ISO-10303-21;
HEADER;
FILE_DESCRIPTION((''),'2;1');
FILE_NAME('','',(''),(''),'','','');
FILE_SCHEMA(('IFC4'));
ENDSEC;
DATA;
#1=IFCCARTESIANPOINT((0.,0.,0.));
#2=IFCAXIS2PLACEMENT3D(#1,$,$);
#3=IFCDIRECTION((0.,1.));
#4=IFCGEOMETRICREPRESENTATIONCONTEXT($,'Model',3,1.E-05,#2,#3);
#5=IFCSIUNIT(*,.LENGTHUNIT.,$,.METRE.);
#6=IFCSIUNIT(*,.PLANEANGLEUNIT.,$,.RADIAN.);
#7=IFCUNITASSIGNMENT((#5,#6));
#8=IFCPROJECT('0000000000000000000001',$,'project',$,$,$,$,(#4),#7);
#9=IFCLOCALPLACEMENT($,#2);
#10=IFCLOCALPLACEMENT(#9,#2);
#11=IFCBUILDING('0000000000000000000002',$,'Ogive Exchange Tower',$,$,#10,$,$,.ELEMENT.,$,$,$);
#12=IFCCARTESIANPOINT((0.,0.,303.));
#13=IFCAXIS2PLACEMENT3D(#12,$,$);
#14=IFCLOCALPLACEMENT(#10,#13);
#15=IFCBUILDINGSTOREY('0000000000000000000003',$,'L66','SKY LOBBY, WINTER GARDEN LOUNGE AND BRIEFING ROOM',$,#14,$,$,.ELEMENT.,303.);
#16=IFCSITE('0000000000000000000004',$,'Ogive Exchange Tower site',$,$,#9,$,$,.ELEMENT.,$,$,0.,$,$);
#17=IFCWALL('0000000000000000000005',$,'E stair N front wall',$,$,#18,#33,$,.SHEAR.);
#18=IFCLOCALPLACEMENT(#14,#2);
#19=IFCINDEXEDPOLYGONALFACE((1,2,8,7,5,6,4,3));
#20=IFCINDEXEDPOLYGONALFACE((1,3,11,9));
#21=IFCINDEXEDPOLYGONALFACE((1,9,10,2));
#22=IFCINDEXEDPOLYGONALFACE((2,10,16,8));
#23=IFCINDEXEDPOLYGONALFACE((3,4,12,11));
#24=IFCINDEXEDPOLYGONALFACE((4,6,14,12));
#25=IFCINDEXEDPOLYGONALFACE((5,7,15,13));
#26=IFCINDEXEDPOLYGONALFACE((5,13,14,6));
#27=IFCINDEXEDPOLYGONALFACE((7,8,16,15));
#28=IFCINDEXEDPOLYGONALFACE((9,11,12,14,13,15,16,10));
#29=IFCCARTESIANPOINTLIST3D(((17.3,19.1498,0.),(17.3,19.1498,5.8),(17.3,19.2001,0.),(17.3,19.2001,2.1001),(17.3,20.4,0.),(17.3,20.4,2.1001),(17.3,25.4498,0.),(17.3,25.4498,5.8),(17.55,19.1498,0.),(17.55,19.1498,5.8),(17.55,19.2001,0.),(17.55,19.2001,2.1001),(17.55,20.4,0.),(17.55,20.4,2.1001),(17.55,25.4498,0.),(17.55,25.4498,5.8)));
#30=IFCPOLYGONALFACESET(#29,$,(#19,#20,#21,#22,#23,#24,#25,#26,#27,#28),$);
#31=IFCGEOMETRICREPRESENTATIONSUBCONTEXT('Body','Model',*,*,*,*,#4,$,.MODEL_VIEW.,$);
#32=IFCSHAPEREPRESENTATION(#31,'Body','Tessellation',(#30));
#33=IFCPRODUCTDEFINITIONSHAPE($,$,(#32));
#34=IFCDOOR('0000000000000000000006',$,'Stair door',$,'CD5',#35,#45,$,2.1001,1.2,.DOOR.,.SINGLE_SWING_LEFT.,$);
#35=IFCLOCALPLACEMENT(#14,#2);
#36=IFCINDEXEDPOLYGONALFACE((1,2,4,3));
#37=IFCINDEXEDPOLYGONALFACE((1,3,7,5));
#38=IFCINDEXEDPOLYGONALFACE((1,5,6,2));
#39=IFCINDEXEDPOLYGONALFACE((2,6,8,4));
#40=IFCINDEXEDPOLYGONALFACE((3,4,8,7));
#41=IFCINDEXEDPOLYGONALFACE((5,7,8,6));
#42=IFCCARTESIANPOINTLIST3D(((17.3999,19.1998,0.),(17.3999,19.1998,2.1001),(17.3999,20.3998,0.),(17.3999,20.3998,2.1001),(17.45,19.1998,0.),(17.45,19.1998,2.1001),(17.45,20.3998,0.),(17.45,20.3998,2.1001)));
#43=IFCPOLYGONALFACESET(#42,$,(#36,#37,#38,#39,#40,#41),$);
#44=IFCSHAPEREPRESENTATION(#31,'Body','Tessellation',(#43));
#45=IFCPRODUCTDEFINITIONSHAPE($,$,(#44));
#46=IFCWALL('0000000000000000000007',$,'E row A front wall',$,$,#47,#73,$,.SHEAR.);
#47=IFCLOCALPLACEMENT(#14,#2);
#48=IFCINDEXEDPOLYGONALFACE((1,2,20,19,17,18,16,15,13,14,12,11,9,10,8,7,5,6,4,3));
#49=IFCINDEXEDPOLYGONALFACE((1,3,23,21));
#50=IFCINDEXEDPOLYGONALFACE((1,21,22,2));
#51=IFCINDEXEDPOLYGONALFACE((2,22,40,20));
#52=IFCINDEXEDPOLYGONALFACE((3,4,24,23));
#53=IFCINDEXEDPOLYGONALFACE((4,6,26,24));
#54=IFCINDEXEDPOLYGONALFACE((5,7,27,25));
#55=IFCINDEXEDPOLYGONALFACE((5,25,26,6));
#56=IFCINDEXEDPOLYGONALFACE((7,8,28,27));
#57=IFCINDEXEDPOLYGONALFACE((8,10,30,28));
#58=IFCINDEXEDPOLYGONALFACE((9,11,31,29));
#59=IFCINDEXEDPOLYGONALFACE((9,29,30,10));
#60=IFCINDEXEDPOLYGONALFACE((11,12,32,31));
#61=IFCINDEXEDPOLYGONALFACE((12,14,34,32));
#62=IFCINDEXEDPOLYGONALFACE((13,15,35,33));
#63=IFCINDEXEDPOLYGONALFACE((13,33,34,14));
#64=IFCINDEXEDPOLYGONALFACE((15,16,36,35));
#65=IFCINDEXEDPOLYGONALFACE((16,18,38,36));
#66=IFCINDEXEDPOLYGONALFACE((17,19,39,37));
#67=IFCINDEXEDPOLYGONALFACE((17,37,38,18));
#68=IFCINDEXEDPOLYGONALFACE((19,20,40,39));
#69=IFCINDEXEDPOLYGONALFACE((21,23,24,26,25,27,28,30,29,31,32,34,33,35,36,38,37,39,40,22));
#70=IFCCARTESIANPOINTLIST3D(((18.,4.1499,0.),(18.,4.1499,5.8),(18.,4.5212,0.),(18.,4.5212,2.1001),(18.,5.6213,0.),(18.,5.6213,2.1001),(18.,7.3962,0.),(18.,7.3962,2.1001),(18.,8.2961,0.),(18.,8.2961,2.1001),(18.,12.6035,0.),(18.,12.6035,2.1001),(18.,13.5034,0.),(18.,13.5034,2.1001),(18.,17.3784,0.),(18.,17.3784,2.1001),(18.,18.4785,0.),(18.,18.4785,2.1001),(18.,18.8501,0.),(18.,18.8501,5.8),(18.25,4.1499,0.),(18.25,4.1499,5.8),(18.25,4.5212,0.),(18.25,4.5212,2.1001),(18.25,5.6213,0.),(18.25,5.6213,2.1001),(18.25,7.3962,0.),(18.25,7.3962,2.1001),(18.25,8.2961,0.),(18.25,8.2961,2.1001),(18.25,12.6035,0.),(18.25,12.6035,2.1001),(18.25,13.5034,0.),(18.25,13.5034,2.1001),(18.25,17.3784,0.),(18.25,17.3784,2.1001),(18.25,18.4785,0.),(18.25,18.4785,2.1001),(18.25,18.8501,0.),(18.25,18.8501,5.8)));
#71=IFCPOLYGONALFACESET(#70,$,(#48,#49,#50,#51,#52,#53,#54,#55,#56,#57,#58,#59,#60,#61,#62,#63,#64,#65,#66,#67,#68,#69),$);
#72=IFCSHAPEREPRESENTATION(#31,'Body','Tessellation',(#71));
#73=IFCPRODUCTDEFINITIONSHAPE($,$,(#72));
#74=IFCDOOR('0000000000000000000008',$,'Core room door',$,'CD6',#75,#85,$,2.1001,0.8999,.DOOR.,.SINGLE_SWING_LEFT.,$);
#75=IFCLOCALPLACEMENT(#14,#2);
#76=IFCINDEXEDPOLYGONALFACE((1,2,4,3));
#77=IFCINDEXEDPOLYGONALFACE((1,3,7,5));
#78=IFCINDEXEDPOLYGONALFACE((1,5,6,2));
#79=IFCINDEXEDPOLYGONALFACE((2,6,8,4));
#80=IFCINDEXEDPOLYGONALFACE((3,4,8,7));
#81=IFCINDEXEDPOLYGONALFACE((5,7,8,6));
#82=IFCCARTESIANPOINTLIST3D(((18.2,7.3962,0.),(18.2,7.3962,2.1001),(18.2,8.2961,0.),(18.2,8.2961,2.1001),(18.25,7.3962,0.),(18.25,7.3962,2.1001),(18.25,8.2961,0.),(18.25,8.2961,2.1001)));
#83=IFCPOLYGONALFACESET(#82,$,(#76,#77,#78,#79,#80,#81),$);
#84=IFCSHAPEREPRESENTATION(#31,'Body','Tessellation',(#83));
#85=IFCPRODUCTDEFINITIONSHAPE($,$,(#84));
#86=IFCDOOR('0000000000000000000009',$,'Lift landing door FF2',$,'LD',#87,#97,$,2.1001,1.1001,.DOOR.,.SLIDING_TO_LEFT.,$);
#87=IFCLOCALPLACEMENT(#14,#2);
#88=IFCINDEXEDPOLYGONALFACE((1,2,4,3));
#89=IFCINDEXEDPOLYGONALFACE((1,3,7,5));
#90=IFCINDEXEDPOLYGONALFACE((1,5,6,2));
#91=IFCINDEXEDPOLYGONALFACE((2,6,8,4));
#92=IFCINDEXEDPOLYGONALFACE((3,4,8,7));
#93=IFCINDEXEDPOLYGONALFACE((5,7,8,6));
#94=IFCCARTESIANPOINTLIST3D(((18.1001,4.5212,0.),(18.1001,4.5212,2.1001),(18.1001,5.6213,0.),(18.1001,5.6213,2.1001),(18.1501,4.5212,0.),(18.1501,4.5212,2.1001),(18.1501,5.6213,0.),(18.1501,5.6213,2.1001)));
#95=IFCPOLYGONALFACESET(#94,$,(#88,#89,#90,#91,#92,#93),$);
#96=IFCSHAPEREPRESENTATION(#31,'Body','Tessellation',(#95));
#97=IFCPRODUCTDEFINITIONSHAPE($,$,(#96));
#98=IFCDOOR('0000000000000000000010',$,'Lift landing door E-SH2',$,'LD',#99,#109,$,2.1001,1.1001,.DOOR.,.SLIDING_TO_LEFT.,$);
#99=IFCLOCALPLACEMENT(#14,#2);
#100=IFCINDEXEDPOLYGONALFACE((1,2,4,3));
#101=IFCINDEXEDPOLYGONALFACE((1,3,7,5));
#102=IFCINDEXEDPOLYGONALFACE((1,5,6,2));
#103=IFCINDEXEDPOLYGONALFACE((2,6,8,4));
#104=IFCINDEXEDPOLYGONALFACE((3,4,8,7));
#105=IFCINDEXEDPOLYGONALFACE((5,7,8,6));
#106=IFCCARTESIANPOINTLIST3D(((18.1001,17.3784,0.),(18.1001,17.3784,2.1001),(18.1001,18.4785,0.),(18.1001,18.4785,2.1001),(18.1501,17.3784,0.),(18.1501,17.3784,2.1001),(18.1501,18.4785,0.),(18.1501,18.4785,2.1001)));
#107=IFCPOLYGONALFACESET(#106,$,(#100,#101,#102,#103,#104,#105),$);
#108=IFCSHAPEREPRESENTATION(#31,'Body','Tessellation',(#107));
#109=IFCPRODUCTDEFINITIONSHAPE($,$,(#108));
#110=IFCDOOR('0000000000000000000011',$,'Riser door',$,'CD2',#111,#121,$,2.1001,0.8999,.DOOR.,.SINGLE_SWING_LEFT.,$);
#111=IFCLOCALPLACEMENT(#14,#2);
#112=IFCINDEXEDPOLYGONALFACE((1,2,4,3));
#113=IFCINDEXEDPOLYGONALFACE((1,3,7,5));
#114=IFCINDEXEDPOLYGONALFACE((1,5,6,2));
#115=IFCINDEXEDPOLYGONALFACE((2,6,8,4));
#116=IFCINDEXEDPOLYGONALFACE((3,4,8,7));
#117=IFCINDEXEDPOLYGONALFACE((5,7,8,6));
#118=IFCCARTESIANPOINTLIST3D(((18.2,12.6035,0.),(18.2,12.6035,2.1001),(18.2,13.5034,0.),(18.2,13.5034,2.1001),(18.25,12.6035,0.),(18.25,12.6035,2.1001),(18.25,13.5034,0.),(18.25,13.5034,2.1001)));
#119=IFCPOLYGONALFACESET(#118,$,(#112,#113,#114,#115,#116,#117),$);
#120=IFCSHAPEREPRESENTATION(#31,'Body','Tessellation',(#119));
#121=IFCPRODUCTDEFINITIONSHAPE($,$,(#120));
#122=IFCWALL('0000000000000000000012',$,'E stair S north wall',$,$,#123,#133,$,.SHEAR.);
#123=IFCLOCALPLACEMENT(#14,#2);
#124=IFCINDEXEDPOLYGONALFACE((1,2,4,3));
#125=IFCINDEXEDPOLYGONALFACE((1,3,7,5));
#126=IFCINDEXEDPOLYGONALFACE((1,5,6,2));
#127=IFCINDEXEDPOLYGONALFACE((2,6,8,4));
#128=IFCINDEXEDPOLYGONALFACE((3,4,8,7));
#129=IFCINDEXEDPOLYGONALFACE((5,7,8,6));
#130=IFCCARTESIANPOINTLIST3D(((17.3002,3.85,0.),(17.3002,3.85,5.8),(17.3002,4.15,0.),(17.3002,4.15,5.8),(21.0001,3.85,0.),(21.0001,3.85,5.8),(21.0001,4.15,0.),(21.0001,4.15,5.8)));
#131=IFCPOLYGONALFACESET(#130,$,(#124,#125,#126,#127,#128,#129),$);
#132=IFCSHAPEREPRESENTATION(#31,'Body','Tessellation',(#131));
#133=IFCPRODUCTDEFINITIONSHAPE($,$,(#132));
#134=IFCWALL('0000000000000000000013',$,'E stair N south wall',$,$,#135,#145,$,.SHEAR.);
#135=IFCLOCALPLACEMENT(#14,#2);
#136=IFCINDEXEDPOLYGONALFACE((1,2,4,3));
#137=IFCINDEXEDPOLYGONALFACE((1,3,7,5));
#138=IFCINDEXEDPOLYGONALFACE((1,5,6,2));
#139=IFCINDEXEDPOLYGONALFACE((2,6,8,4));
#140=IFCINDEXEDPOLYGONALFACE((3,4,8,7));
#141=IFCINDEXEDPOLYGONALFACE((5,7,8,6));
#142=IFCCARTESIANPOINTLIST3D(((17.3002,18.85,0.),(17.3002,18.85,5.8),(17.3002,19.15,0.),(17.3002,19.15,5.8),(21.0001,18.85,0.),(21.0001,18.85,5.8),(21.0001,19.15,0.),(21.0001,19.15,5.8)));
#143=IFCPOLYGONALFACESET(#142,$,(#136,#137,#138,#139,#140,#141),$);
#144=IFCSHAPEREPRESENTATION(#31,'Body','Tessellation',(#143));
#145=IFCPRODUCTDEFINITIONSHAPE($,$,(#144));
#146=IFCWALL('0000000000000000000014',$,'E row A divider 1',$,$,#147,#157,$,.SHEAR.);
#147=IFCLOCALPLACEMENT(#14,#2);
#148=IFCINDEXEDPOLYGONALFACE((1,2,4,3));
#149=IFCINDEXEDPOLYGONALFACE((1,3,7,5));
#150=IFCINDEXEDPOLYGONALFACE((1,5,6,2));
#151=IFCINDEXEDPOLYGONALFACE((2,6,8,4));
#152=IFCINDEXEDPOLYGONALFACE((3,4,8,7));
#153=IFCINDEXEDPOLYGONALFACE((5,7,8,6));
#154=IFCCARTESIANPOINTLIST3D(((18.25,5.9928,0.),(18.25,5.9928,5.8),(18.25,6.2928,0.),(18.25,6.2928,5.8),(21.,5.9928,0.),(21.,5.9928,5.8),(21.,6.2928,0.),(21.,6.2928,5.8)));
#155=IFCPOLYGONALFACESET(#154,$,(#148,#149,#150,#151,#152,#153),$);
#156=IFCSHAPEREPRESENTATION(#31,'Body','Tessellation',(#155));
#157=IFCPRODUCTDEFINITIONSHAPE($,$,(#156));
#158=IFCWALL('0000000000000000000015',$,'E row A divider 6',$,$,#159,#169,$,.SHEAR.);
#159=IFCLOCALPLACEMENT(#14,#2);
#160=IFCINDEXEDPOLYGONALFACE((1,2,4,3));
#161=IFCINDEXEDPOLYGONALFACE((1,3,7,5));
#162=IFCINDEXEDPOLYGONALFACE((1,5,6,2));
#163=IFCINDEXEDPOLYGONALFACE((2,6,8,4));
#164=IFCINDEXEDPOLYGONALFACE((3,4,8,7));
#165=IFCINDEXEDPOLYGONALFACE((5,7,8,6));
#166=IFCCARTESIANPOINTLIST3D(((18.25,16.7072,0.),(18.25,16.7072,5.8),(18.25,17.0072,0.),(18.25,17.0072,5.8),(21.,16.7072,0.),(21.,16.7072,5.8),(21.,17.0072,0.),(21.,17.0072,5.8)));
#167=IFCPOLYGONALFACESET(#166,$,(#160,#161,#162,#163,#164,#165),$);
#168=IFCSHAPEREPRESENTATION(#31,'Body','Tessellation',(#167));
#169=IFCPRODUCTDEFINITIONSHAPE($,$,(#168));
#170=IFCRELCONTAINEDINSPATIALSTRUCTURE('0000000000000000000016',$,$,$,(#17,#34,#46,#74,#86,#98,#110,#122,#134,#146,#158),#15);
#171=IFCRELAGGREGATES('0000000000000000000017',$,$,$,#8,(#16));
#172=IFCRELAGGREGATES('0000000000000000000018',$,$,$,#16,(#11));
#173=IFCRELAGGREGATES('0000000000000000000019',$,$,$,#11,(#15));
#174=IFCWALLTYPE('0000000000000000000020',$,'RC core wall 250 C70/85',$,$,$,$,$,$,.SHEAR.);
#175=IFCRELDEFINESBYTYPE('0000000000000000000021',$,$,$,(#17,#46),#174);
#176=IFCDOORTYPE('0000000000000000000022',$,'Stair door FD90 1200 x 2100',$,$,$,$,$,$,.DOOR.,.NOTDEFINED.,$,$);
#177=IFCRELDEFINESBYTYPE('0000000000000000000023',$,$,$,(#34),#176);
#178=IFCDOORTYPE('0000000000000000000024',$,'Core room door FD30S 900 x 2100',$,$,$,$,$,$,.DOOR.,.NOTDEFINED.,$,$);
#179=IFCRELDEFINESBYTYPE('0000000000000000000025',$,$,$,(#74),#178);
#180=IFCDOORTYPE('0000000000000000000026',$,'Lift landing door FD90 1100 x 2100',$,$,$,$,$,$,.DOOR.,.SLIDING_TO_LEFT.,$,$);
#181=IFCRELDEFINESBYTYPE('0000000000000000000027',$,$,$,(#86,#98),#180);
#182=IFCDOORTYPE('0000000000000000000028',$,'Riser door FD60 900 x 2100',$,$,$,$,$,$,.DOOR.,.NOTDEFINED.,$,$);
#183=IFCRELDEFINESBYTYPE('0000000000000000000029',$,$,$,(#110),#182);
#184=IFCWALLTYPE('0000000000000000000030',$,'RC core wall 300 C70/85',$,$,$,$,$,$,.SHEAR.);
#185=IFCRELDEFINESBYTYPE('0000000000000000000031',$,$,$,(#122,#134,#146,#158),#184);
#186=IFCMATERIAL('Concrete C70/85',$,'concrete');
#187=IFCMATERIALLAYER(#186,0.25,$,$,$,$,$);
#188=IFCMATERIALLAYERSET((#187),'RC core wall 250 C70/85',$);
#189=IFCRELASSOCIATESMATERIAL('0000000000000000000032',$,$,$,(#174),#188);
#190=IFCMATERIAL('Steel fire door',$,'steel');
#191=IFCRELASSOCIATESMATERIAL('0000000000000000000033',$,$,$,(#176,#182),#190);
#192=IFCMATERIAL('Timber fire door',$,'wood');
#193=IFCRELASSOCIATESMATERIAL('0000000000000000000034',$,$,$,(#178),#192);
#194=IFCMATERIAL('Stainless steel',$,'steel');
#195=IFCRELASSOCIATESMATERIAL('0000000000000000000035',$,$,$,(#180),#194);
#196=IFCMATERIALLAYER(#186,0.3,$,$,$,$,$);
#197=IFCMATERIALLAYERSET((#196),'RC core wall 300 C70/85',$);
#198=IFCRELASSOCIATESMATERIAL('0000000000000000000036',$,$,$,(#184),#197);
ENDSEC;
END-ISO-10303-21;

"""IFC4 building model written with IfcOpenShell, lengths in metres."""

from ifc_helpers import new_model, si_unit, direction, frame, frame_2d, origin, place, context, subcontext, project, spatial, rectangle, extrude, material, layer, layer_set, type_object, element, fill, save


model = new_model("IFC4")

# Units and contexts
model_context = context("Model", 3, precision=1e-05, world=origin(), true_north=direction((0.0, 1.0)))
body_context = subcontext(model_context, "Body", "Model", "MODEL_VIEW")
ifc_project = project(units=[si_unit("LENGTHUNIT", "METRE"), si_unit("PLANEANGLEUNIT", "RADIAN")], contexts=[model_context])

# Site, building, storey
site_placement = place(None, origin())
site = spatial("IfcSite", under=ifc_project, at=site_placement, Name="Ogive Exchange Tower site", CompositionType="ELEMENT", RefElevation=0.0)
building_placement = place(site_placement, origin())
building = spatial("IfcBuilding", under=site, at=building_placement, Name="Ogive Exchange Tower", CompositionType="ELEMENT")
storey_placement = place(building_placement, frame((0.0, 0.0, 303.0)))
storey = spatial("IfcBuildingStorey", under=building, at=storey_placement, Name="L66", Description="SKY LOBBY, WINTER GARDEN LOUNGE AND BRIEFING ROOM", CompositionType="ELEMENT", Elevation=303.0)

# Wall, opening, door
ifc_material_1 = material(Name="Concrete C70/85", Category="concrete")
ifc_material_2 = material(Name="Steel fire door", Category="steel")
ifc_layer_1 = layer(ifc_material_1, 0.25)
ifc_layer_set_1 = layer_set([ifc_layer_1], Name="RC core wall 250 C70/85")
wall_type_1 = type_object("IfcWallType", Name="RC core wall 250 C70/85", PredefinedType="SHEAR", material=ifc_layer_set_1)
wall_1_placement = place(storey_placement, frame((17.425, 19.1499, 0.0), z_axis=(0.0, 0.0, 1.0), x_axis=(0.0, 1.0, 0.0)))
wall_1 = element("IfcWall", 1, at=wall_1_placement, inside=storey, type_object=wall_type_1, Name="E stair N front wall", PredefinedType="SHEAR", context=body_context, shape_type="SweptSolid", body=[
    extrude(rectangle(XDim=6.3, YDim=0.25, at=frame_2d((3.1499, 0.0))), origin(), (0.0, 0.0, 1.0), 5.8),
])
opening_1_placement = place(wall_1_placement, frame((0.05, 0.0, 0.0)))
opening_1 = element("IfcOpeningElement", 2, at=opening_1_placement, cuts=wall_1, PredefinedType="OPENING", context=body_context, shape_type="SweptSolid", body=[
    extrude(rectangle(XDim=1.2, YDim=2.1001, at=frame_2d((0.6001, 1.05))), frame((0.0, 0.135, 0.0), z_axis=(0.0, -1.0, 0.0), x_axis=(1.0, 0.0, 0.0)), (0.0, 0.0, 1.0), 0.27),
])
door_type_1 = type_object("IfcDoorType", Name="Stair door FD90 1200 x 2100", OperationType="NOTDEFINED", PredefinedType="DOOR", material=ifc_material_2)
door_1_placement = place(opening_1_placement, frame((1.2, 0.0, 0.0), z_axis=(0.0, 0.0, 1.0), x_axis=(-1.0, 0.0, 0.0)))
door_1 = element("IfcDoor", 3, at=door_1_placement, inside=storey, type_object=door_type_1, Name="Stair door", ObjectType="CD5", OperationType="SINGLE_SWING_LEFT", OverallHeight=2.1001, OverallWidth=1.2, PredefinedType="DOOR", context=body_context, shape_type="SweptSolid", body=[
    extrude(rectangle(XDim=1.2, YDim=2.1001, at=frame_2d((0.6001, 1.05))), frame((0.0, 0.0249, 0.0), z_axis=(0.0, -1.0, 0.0), x_axis=(1.0, 0.0, 0.0)), (0.0, 0.0, 1.0), 0.05),
])
fill(opening_1, door_1)

# Wall, openings, doors
wall_2_placement = place(storey_placement, frame((18.125, 4.1499, 0.0), z_axis=(0.0, 0.0, 1.0), x_axis=(0.0, 1.0, 0.0)))
wall_2 = element("IfcWall", 4, at=wall_2_placement, inside=storey, type_object=wall_type_1, Name="E row A front wall", PredefinedType="SHEAR", context=body_context, shape_type="SweptSolid", body=[
    extrude(rectangle(XDim=14.7002, YDim=0.25, at=frame_2d((7.3501, 0.0))), origin(), (0.0, 0.0, 1.0), 5.8),
])
opening_2_placement = place(wall_2_placement, frame((3.2463, 0.0, 0.0)))
opening_2 = element("IfcOpeningElement", 5, at=opening_2_placement, cuts=wall_2, PredefinedType="OPENING", context=body_context, shape_type="SweptSolid", body=[
    extrude(rectangle(XDim=0.8999, YDim=2.1001, at=frame_2d((0.45, 1.05))), frame((0.0, 0.135, 0.0), z_axis=(0.0, -1.0, 0.0), x_axis=(1.0, 0.0, 0.0)), (0.0, 0.0, 1.0), 0.27),
])
opening_3_placement = place(wall_2_placement, frame((8.4536, 0.0, 0.0)))
opening_3 = element("IfcOpeningElement", 6, at=opening_3_placement, cuts=wall_2, PredefinedType="OPENING", context=body_context, shape_type="SweptSolid", body=[
    extrude(rectangle(XDim=0.8999, YDim=2.1001, at=frame_2d((0.45, 1.05))), frame((0.0, 0.135, 0.0), z_axis=(0.0, -1.0, 0.0), x_axis=(1.0, 0.0, 0.0)), (0.0, 0.0, 1.0), 0.27),
])
opening_4_placement = place(wall_2_placement, frame((0.3713, 0.0, 0.0)))
opening_4 = element("IfcOpeningElement", 7, at=opening_4_placement, cuts=wall_2, PredefinedType="OPENING", context=body_context, shape_type="SweptSolid", body=[
    extrude(rectangle(XDim=1.1001, YDim=2.1001, at=frame_2d((0.55, 1.05))), frame((0.0, 0.135, 0.0), z_axis=(0.0, -1.0, 0.0), x_axis=(1.0, 0.0, 0.0)), (0.0, 0.0, 1.0), 0.27),
])
opening_5_placement = place(wall_2_placement, frame((13.2285, 0.0, 0.0)))
opening_5 = element("IfcOpeningElement", 8, at=opening_5_placement, cuts=wall_2, PredefinedType="OPENING", context=body_context, shape_type="SweptSolid", body=[
    extrude(rectangle(XDim=1.1001, YDim=2.1001, at=frame_2d((0.55, 1.05))), frame((0.0, 0.135, 0.0), z_axis=(0.0, -1.0, 0.0), x_axis=(1.0, 0.0, 0.0)), (0.0, 0.0, 1.0), 0.27),
])
ifc_material_3 = material(Name="Timber fire door", Category="wood")
door_type_2 = type_object("IfcDoorType", Name="Core room door FD30S 900 x 2100", OperationType="NOTDEFINED", PredefinedType="DOOR", material=ifc_material_3)
door_2_placement = place(opening_2_placement, frame((0.8999, -0.2002, 0.0), z_axis=(0.0, 0.0, 1.0), x_axis=(-1.0, 0.0, 0.0)))
door_2 = element("IfcDoor", 9, at=door_2_placement, inside=storey, type_object=door_type_2, Name="Core room door", ObjectType="CD6", OperationType="SINGLE_SWING_LEFT", OverallHeight=2.1001, OverallWidth=0.8999, PredefinedType="DOOR", context=body_context, shape_type="SweptSolid", body=[
    extrude(rectangle(XDim=0.8999, YDim=2.1001, at=frame_2d((0.45, 1.05))), frame((0.0, -0.0752, 0.0), z_axis=(0.0, -1.0, 0.0), x_axis=(1.0, 0.0, 0.0)), (0.0, 0.0, 1.0), 0.05),
])
fill(opening_2, door_2)
ifc_material_4 = material(Name="Stainless steel", Category="steel")
door_type_3 = type_object("IfcDoorType", Name="Lift landing door FD90 1100 x 2100", OperationType="SLIDING_TO_LEFT", PredefinedType="DOOR", material=ifc_material_4)
door_3_placement = place(opening_4_placement, origin())
door_3 = element("IfcDoor", 10, at=door_3_placement, inside=storey, type_object=door_type_3, Name="Lift landing door FF2", ObjectType="LD", OperationType="SLIDING_TO_LEFT", OverallHeight=2.1001, OverallWidth=1.1001, PredefinedType="DOOR", context=body_context, shape_type="SweptSolid", body=[
    extrude(rectangle(XDim=1.1001, YDim=2.1001, at=frame_2d((0.55, 1.05))), frame((0.0, 0.0249, 0.0), z_axis=(0.0, -1.0, 0.0), x_axis=(1.0, 0.0, 0.0)), (0.0, 0.0, 1.0), 0.05),
])
fill(opening_4, door_3)
door_4_placement = place(opening_5_placement, origin())
door_4 = element("IfcDoor", 11, at=door_4_placement, inside=storey, type_object=door_type_3, Name="Lift landing door E-SH2", ObjectType="LD", OperationType="SLIDING_TO_LEFT", OverallHeight=2.1001, OverallWidth=1.1001, PredefinedType="DOOR", context=body_context, shape_type="SweptSolid", body=[
    extrude(rectangle(XDim=1.1001, YDim=2.1001, at=frame_2d((0.55, 1.05))), frame((0.0, 0.0249, 0.0), z_axis=(0.0, -1.0, 0.0), x_axis=(1.0, 0.0, 0.0)), (0.0, 0.0, 1.0), 0.05),
])
fill(opening_5, door_4)
door_type_4 = type_object("IfcDoorType", Name="Riser door FD60 900 x 2100", OperationType="NOTDEFINED", PredefinedType="DOOR", material=ifc_material_2)
door_5_placement = place(opening_3_placement, frame((0.8999, -0.2002, 0.0), z_axis=(0.0, 0.0, 1.0), x_axis=(-1.0, 0.0, 0.0)))
door_5 = element("IfcDoor", 12, at=door_5_placement, inside=storey, type_object=door_type_4, Name="Riser door", ObjectType="CD2", OperationType="SINGLE_SWING_LEFT", OverallHeight=2.1001, OverallWidth=0.8999, PredefinedType="DOOR", context=body_context, shape_type="SweptSolid", body=[
    extrude(rectangle(XDim=0.8999, YDim=2.1001, at=frame_2d((0.45, 1.05))), frame((0.0, -0.0752, 0.0), z_axis=(0.0, -1.0, 0.0), x_axis=(1.0, 0.0, 0.0)), (0.0, 0.0, 1.0), 0.05),
])
fill(opening_3, door_5)

# Walls
ifc_layer_2 = layer(ifc_material_1, 0.3)
ifc_layer_set_2 = layer_set([ifc_layer_2], Name="RC core wall 300 C70/85")
wall_type_2 = type_object("IfcWallType", Name="RC core wall 300 C70/85", PredefinedType="SHEAR", material=ifc_layer_set_2)
for number, where, z_axis, x_axis, name in (
    (13, (17.3, 4.0, 0.0), (0.0, 0.0, 1.0), (1.0, 0.0, 0.0), "E stair S north wall"),
    (14, (17.3, 19.0, 0.0), (0.0, 0.0, 1.0), (1.0, 0.0, 0.0), "E stair N south wall"),
):
    element("IfcWall", number, at=place(storey_placement, frame(where, z_axis=z_axis, x_axis=x_axis)), inside=storey, type_object=wall_type_2, Name=name, PredefinedType="SHEAR", context=body_context, shape_type="SweptSolid", body=[
        extrude(rectangle(XDim=3.7, YDim=0.3, at=frame_2d((1.8501, 0.0))), origin(), (0.0, 0.0, 1.0), 5.8),
    ])
for number, where, z_axis, x_axis, name in (
    (15, (18.25, 6.1428, 0.0), (0.0, 0.0, 1.0), (1.0, 0.0, 0.0), "E row A divider 1"),
    (16, (18.25, 16.8572, 0.0), (0.0, 0.0, 1.0), (1.0, 0.0, 0.0), "E row A divider 6"),
):
    element("IfcWall", number, at=place(storey_placement, frame(where, z_axis=z_axis, x_axis=x_axis)), inside=storey, type_object=wall_type_2, Name=name, PredefinedType="SHEAR", context=body_context, shape_type="SweptSolid", body=[
        extrude(rectangle(XDim=2.75, YDim=0.3, at=frame_2d((1.375, 0.0))), origin(), (0.0, 0.0, 1.0), 5.8),
    ])

save(model, "model.ifc")
